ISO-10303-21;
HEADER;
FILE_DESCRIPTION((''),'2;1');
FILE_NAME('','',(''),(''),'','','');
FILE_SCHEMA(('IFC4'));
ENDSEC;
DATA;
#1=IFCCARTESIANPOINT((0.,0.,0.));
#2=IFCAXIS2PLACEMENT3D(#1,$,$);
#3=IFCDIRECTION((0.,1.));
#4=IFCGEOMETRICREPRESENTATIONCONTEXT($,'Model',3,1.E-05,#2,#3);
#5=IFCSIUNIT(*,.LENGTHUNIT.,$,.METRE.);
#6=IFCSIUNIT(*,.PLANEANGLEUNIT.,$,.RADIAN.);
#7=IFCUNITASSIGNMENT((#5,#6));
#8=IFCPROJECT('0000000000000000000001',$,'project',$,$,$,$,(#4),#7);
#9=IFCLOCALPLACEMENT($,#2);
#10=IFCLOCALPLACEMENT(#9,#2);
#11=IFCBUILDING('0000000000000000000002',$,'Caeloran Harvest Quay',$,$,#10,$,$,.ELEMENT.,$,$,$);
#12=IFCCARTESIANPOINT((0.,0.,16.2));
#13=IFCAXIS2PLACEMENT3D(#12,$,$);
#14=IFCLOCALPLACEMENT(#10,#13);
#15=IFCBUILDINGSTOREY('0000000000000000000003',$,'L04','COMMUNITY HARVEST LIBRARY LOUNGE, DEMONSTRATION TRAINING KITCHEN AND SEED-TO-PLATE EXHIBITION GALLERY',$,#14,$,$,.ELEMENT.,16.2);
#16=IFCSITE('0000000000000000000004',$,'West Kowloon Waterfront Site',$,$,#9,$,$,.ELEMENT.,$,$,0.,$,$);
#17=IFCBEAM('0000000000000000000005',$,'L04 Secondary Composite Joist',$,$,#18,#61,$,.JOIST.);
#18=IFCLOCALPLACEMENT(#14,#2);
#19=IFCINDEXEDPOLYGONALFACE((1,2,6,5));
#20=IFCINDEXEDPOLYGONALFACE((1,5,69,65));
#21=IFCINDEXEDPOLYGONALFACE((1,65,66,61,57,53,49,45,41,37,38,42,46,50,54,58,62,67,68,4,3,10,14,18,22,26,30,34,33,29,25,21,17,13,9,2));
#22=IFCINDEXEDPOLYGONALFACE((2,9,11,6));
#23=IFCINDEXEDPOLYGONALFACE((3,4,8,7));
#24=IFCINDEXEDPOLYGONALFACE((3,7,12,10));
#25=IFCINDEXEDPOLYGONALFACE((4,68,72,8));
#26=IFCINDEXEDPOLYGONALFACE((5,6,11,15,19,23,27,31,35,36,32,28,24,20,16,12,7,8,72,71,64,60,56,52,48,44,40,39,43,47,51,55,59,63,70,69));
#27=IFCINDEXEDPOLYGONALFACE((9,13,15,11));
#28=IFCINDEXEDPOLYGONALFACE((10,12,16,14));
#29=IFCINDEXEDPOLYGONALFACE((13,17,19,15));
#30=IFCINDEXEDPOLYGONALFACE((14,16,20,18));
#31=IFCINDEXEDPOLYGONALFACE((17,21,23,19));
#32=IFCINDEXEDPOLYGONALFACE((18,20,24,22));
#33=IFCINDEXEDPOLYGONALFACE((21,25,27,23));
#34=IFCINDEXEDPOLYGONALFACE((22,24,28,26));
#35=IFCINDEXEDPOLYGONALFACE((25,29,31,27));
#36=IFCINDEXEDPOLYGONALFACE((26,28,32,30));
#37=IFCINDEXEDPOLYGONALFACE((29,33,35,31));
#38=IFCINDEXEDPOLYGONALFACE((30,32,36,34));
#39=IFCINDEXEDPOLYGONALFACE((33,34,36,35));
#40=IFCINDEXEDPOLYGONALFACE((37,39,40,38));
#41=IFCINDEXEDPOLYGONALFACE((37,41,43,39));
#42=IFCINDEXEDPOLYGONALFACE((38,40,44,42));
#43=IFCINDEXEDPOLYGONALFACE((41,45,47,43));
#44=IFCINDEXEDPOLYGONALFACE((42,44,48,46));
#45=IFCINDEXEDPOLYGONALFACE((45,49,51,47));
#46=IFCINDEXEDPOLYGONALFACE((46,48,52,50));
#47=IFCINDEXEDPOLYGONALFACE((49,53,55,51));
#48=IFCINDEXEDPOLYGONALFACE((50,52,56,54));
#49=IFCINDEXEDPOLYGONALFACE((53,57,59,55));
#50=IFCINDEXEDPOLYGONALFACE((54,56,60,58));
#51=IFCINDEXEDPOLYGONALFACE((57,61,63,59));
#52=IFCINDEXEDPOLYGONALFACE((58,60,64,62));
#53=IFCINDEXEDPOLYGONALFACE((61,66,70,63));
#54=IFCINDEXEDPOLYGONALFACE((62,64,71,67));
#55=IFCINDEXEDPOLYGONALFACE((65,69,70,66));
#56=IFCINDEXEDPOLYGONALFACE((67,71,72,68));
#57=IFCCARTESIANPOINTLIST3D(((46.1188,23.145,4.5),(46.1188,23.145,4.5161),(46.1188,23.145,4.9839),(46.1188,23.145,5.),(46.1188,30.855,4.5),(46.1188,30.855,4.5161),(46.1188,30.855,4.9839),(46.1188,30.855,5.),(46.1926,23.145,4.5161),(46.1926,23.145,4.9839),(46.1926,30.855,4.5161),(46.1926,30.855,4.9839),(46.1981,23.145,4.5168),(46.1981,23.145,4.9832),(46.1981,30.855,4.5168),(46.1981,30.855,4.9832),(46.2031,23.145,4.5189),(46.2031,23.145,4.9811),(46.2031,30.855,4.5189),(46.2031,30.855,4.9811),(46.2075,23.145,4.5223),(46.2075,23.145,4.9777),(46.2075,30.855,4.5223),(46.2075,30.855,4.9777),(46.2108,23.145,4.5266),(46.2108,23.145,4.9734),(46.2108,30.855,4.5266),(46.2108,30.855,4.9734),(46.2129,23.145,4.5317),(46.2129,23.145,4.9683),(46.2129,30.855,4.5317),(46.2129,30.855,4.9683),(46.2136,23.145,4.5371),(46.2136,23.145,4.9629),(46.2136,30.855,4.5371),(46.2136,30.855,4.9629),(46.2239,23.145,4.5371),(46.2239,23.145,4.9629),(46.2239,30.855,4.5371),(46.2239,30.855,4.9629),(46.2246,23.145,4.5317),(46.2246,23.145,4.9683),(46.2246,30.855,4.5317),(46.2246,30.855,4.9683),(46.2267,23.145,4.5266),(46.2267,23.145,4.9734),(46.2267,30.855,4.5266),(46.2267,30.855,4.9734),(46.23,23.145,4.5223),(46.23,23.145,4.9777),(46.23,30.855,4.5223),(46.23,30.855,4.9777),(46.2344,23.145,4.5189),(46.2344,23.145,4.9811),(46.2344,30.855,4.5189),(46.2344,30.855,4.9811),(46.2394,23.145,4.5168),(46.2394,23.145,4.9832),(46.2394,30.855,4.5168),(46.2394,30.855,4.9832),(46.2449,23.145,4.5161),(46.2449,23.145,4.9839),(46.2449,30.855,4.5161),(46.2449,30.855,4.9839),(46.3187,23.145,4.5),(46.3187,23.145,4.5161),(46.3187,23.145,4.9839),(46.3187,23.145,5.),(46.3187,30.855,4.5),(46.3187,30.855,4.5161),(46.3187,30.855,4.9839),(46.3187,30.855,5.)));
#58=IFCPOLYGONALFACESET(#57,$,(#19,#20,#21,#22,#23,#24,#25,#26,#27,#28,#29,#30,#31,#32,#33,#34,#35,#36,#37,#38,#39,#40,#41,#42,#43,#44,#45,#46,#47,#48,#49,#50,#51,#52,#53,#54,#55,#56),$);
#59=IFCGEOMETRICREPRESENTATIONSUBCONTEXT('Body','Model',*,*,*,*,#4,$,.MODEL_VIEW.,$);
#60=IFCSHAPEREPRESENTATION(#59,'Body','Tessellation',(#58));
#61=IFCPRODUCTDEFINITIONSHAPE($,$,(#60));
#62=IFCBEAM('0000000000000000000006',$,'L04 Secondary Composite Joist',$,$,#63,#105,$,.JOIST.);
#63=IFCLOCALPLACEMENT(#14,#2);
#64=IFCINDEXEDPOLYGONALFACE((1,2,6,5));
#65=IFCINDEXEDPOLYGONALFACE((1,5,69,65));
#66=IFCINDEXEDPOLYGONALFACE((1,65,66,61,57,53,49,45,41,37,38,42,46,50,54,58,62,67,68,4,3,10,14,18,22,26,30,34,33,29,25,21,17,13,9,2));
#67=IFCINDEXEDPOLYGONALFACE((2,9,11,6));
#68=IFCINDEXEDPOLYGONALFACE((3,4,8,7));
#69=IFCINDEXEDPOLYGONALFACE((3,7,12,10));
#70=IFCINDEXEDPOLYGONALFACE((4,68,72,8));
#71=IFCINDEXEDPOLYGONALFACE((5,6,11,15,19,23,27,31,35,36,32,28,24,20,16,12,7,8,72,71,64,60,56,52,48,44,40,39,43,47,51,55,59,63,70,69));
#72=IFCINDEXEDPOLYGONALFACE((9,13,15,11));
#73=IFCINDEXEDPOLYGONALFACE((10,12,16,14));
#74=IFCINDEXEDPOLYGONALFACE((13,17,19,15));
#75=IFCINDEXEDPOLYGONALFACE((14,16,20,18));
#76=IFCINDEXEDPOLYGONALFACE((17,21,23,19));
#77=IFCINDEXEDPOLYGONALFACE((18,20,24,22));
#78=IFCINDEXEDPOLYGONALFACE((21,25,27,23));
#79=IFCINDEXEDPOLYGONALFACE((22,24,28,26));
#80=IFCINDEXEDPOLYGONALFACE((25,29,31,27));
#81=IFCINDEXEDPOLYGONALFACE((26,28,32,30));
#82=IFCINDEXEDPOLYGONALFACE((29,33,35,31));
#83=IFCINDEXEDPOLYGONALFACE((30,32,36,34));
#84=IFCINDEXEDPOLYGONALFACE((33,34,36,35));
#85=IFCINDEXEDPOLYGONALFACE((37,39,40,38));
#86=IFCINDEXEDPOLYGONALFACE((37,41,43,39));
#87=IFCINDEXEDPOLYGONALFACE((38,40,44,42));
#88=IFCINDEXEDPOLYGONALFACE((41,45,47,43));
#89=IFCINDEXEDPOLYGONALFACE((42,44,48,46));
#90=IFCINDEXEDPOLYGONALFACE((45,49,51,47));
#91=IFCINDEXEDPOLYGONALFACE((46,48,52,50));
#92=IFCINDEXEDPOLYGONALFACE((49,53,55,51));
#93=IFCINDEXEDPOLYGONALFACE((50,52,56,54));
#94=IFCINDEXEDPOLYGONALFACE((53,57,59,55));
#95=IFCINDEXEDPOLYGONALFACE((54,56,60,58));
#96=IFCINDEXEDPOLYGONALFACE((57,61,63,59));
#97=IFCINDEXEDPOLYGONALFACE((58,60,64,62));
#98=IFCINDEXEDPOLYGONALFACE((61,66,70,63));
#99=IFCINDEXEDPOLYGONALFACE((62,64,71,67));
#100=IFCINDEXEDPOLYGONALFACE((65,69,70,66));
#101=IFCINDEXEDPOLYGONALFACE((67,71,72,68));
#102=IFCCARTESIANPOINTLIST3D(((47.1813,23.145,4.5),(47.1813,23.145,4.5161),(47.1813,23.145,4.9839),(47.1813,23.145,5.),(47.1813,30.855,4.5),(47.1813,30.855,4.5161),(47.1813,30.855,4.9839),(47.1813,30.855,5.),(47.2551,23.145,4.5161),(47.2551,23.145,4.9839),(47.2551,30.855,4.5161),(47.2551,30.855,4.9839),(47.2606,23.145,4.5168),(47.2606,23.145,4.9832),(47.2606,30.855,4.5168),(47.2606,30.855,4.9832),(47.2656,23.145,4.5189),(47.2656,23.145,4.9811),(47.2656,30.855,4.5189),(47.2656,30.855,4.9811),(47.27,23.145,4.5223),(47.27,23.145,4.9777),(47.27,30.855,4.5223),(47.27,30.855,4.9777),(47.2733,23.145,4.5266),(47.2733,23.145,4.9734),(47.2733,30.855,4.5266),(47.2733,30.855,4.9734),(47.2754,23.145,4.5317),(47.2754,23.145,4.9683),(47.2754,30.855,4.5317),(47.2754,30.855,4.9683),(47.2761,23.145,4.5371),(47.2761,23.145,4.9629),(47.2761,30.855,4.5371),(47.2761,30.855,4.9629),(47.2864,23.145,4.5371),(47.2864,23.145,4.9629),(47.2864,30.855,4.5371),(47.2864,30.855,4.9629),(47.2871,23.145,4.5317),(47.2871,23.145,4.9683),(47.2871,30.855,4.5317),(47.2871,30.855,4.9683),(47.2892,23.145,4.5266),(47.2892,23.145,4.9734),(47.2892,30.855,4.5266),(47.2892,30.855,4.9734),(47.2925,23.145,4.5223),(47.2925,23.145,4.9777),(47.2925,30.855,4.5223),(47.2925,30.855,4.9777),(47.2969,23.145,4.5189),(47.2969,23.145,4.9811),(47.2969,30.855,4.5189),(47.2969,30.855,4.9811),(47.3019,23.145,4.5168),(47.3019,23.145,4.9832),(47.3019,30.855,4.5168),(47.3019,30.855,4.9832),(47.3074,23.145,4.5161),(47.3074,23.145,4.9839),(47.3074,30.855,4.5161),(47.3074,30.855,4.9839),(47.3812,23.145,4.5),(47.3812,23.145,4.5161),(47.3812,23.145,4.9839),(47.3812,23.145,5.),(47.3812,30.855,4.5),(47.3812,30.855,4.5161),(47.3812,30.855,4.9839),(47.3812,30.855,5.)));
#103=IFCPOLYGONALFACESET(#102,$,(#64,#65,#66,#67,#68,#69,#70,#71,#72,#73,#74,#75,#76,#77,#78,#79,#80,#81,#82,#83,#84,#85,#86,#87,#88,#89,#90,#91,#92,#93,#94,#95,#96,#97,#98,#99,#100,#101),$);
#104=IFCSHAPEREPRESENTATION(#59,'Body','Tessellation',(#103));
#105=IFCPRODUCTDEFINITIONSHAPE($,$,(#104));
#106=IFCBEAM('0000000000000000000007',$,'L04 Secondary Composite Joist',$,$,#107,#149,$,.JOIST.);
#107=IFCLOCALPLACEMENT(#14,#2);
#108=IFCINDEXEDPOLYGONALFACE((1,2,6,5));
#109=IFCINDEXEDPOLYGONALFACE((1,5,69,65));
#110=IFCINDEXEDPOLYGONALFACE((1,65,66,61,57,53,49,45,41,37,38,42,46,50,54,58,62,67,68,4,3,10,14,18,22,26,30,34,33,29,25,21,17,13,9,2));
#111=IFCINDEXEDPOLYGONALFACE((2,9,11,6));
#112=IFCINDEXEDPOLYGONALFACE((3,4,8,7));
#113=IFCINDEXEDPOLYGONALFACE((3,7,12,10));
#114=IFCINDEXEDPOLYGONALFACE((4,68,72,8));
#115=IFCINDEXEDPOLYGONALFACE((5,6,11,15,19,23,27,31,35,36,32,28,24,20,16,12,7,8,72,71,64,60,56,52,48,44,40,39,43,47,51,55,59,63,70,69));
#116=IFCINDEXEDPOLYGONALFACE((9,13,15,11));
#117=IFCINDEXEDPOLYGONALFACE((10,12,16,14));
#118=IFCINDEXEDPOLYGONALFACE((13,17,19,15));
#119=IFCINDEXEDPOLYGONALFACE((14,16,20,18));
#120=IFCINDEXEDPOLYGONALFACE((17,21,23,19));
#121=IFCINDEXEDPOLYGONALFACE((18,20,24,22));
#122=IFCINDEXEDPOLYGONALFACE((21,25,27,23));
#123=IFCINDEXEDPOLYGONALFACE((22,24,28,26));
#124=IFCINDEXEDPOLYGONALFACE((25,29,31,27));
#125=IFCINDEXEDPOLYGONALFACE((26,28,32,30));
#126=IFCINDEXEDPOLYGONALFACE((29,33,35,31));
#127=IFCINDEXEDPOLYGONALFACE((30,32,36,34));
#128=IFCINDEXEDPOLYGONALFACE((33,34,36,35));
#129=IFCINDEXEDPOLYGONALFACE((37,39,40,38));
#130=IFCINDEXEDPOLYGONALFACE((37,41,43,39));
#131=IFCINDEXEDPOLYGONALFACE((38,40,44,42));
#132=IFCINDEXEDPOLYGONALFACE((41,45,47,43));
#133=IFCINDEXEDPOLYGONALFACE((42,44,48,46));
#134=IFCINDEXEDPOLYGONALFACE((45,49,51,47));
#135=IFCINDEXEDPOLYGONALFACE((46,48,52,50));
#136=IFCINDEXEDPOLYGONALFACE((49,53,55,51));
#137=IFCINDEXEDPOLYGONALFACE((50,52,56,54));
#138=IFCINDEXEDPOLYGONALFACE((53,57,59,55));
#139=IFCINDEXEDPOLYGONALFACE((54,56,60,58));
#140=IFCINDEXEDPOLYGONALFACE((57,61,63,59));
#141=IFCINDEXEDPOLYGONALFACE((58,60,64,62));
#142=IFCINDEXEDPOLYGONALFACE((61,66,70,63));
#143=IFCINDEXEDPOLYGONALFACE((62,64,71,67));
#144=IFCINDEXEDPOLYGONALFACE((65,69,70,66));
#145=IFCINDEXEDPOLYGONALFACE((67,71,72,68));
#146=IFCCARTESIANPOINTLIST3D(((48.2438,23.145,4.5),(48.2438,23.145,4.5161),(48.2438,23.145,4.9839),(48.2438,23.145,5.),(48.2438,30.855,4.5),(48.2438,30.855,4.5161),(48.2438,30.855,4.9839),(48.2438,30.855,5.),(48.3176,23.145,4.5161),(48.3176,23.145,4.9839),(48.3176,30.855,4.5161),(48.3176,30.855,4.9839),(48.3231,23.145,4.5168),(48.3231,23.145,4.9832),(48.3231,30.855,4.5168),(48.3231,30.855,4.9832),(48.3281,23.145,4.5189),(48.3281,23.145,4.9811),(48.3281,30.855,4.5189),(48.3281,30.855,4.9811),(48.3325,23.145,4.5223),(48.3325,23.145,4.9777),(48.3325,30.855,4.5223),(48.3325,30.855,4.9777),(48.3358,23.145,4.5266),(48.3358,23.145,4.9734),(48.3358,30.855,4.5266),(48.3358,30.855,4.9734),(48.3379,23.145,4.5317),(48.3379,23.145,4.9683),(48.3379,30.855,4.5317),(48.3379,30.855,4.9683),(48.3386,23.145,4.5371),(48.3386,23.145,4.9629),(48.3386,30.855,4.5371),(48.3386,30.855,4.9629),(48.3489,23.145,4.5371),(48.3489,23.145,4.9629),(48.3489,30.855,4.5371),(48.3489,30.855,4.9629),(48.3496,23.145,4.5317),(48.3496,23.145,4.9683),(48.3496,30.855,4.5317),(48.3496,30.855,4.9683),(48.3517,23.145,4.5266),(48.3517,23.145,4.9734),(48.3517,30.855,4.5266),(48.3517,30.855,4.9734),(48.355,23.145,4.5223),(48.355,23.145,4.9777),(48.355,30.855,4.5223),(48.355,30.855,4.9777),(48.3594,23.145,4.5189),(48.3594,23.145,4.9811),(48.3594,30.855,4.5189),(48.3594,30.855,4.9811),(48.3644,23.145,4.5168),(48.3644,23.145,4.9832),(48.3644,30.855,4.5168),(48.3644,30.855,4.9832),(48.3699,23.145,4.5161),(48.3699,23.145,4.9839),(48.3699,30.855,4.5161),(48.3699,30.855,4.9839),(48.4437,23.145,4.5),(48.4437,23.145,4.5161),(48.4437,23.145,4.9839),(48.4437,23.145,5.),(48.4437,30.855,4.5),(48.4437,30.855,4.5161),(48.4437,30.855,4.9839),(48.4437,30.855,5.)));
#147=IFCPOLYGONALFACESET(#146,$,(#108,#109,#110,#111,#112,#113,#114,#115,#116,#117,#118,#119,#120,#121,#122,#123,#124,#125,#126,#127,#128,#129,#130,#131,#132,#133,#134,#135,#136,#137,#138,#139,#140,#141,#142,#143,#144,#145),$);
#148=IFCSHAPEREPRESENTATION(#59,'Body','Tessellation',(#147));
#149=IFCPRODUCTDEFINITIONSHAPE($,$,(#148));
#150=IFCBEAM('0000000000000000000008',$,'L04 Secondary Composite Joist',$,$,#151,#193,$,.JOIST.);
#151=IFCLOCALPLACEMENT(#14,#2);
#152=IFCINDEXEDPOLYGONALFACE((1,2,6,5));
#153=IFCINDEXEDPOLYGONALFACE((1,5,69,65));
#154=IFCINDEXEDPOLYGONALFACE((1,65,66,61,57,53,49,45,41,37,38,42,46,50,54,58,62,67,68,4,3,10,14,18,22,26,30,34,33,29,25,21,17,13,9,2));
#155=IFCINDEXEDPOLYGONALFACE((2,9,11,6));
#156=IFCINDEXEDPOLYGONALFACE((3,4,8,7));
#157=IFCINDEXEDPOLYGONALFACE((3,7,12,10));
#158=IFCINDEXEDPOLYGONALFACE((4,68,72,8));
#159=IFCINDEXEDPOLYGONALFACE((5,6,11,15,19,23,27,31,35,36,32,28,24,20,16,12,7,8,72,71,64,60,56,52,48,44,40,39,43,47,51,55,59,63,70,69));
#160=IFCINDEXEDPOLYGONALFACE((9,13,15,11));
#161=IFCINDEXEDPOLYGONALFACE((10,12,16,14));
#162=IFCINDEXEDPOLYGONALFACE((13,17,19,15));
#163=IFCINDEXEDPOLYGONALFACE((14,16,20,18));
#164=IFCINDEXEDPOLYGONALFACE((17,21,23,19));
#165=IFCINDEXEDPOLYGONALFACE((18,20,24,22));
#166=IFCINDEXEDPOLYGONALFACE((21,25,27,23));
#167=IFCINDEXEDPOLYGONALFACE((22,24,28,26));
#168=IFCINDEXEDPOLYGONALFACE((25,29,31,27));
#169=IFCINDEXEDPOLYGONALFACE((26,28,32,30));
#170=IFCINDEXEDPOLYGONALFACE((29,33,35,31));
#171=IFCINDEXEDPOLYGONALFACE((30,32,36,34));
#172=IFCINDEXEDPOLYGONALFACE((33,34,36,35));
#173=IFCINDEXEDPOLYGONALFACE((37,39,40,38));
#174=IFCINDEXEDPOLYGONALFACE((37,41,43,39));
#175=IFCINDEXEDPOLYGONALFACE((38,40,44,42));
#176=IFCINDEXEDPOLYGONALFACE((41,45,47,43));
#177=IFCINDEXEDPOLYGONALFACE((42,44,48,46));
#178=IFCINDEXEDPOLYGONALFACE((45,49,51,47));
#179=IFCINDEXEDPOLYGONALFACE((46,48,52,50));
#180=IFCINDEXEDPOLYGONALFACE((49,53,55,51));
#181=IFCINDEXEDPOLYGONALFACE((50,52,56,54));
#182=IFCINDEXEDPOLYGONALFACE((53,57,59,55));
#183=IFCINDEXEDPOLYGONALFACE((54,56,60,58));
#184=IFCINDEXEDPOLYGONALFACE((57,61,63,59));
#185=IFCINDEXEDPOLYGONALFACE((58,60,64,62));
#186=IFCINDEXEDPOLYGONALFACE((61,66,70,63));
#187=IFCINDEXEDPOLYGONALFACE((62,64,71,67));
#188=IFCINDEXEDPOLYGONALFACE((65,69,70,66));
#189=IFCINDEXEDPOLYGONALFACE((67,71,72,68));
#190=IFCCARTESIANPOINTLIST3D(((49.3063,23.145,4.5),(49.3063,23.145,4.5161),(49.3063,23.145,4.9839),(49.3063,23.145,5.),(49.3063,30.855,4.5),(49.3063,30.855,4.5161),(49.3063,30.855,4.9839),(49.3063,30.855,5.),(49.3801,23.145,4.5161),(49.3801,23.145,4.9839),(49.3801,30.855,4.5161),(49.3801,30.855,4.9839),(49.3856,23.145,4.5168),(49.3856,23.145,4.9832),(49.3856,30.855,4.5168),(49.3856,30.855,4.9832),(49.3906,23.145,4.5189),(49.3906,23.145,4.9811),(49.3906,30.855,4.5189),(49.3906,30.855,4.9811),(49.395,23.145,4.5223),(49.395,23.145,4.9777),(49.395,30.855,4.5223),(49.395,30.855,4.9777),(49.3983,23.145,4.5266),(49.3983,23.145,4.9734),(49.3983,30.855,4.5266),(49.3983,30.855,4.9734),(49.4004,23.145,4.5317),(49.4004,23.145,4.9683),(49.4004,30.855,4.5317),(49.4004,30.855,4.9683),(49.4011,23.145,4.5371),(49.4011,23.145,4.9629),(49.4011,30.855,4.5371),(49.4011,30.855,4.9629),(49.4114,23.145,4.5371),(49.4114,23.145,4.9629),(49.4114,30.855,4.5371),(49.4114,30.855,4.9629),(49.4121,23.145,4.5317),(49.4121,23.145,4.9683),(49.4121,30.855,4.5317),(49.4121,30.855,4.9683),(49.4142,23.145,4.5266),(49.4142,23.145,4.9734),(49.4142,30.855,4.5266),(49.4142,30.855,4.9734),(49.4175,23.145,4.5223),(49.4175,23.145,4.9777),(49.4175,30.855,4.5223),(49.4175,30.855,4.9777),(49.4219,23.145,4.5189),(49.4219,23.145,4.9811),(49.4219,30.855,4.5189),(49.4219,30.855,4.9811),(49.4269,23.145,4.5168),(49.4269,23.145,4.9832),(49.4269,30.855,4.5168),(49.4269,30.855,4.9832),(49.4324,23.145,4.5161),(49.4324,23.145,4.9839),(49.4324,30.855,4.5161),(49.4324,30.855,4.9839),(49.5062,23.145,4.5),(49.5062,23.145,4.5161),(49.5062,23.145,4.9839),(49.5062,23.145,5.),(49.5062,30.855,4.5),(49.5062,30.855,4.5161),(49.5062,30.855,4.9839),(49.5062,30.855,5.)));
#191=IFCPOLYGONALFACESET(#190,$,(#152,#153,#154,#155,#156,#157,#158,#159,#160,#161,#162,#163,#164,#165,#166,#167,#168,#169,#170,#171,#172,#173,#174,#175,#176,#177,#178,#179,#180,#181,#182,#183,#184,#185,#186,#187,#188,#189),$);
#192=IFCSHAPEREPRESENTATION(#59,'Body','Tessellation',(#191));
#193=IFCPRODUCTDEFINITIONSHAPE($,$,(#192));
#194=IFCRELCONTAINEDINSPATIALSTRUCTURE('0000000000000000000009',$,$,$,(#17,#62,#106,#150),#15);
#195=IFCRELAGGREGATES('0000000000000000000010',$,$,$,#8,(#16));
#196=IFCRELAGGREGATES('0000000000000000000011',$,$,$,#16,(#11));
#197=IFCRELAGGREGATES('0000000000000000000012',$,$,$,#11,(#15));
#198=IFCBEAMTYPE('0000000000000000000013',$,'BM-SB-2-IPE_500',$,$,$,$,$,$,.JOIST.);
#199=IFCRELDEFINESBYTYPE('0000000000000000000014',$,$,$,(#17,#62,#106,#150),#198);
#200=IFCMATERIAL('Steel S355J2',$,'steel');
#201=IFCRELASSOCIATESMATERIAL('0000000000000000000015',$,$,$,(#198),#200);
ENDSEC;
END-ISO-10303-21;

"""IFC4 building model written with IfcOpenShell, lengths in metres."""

from ifc_helpers import new_model, si_unit, direction, frame, origin, origin_2d, place, context, subcontext, project, spatial, i_section, extrude, material, material_profile, profile_set, type_object, element, save


model = new_model("IFC4")

# Units and contexts
model_context = context("Model", 3, precision=1e-05, world=origin(), true_north=direction((0.0, 1.0)))
body_context = subcontext(model_context, "Body", "Model", "MODEL_VIEW")
ifc_project = project(units=[si_unit("LENGTHUNIT", "METRE"), si_unit("PLANEANGLEUNIT", "RADIAN")], contexts=[model_context])

# Site, building, storey
site_placement = place(None, origin())
site = spatial("IfcSite", under=ifc_project, at=site_placement, Name="West Kowloon Waterfront Site", CompositionType="ELEMENT", RefElevation=0.0)
building_placement = place(site_placement, origin())
building = spatial("IfcBuilding", under=site, at=building_placement, Name="Caeloran Harvest Quay", CompositionType="ELEMENT")
storey_placement = place(building_placement, frame((0.0, 0.0, 16.2)))
storey = spatial("IfcBuildingStorey", under=building, at=storey_placement, Name="L04", Description="COMMUNITY HARVEST LIBRARY LOUNGE, DEMONSTRATION TRAINING KITCHEN AND SEED-TO-PLATE EXHIBITION GALLERY", CompositionType="ELEMENT", Elevation=16.2)

# Beams
ifc_material_1 = material(Name="Steel S355J2", Category="steel")
ifc_material_profile_1 = material_profile(ifc_material_1, i_section(OverallWidth=0.2, OverallDepth=0.5, WebThickness=0.0103, FlangeThickness=0.0161, FilletRadius=0.021, at=origin_2d()), Name="IPE 500")
ifc_profile_set_1 = profile_set([ifc_material_profile_1], Name="Steel S355J2")
beam_type_1 = type_object("IfcBeamType", Name="BM-SB-2-IPE_500", PredefinedType="JOIST", material=ifc_profile_set_1)
for number, where, z_axis, x_axis, name in (
    (1, (46.2188, 23.145, 4.75), (0.0, 1.0, 0.0), (-1.0, 0.0, 0.0), "L04 Secondary Composite Joist"),
    (2, (47.2812, 23.145, 4.75), (0.0, 1.0, 0.0), (-1.0, 0.0, 0.0), "L04 Secondary Composite Joist"),
    (3, (48.3438, 23.145, 4.75), (0.0, 1.0, 0.0), (-1.0, 0.0, 0.0), "L04 Secondary Composite Joist"),
    (4, (49.4062, 23.145, 4.75), (0.0, 1.0, 0.0), (-1.0, 0.0, 0.0), "L04 Secondary Composite Joist"),
):
    element("IfcBeam", number, at=place(storey_placement, frame(where, z_axis=z_axis, x_axis=x_axis)), inside=storey, type_object=beam_type_1, Name=name, PredefinedType="JOIST", context=body_context, shape_type="SweptSolid", body=[
        extrude(i_section(OverallWidth=0.2, OverallDepth=0.5, WebThickness=0.0103, FlangeThickness=0.0161, FilletRadius=0.021, at=origin_2d()), origin(), (0.0, 0.0, 1.0), 7.71),
    ])

save(model, "model.ifc")
